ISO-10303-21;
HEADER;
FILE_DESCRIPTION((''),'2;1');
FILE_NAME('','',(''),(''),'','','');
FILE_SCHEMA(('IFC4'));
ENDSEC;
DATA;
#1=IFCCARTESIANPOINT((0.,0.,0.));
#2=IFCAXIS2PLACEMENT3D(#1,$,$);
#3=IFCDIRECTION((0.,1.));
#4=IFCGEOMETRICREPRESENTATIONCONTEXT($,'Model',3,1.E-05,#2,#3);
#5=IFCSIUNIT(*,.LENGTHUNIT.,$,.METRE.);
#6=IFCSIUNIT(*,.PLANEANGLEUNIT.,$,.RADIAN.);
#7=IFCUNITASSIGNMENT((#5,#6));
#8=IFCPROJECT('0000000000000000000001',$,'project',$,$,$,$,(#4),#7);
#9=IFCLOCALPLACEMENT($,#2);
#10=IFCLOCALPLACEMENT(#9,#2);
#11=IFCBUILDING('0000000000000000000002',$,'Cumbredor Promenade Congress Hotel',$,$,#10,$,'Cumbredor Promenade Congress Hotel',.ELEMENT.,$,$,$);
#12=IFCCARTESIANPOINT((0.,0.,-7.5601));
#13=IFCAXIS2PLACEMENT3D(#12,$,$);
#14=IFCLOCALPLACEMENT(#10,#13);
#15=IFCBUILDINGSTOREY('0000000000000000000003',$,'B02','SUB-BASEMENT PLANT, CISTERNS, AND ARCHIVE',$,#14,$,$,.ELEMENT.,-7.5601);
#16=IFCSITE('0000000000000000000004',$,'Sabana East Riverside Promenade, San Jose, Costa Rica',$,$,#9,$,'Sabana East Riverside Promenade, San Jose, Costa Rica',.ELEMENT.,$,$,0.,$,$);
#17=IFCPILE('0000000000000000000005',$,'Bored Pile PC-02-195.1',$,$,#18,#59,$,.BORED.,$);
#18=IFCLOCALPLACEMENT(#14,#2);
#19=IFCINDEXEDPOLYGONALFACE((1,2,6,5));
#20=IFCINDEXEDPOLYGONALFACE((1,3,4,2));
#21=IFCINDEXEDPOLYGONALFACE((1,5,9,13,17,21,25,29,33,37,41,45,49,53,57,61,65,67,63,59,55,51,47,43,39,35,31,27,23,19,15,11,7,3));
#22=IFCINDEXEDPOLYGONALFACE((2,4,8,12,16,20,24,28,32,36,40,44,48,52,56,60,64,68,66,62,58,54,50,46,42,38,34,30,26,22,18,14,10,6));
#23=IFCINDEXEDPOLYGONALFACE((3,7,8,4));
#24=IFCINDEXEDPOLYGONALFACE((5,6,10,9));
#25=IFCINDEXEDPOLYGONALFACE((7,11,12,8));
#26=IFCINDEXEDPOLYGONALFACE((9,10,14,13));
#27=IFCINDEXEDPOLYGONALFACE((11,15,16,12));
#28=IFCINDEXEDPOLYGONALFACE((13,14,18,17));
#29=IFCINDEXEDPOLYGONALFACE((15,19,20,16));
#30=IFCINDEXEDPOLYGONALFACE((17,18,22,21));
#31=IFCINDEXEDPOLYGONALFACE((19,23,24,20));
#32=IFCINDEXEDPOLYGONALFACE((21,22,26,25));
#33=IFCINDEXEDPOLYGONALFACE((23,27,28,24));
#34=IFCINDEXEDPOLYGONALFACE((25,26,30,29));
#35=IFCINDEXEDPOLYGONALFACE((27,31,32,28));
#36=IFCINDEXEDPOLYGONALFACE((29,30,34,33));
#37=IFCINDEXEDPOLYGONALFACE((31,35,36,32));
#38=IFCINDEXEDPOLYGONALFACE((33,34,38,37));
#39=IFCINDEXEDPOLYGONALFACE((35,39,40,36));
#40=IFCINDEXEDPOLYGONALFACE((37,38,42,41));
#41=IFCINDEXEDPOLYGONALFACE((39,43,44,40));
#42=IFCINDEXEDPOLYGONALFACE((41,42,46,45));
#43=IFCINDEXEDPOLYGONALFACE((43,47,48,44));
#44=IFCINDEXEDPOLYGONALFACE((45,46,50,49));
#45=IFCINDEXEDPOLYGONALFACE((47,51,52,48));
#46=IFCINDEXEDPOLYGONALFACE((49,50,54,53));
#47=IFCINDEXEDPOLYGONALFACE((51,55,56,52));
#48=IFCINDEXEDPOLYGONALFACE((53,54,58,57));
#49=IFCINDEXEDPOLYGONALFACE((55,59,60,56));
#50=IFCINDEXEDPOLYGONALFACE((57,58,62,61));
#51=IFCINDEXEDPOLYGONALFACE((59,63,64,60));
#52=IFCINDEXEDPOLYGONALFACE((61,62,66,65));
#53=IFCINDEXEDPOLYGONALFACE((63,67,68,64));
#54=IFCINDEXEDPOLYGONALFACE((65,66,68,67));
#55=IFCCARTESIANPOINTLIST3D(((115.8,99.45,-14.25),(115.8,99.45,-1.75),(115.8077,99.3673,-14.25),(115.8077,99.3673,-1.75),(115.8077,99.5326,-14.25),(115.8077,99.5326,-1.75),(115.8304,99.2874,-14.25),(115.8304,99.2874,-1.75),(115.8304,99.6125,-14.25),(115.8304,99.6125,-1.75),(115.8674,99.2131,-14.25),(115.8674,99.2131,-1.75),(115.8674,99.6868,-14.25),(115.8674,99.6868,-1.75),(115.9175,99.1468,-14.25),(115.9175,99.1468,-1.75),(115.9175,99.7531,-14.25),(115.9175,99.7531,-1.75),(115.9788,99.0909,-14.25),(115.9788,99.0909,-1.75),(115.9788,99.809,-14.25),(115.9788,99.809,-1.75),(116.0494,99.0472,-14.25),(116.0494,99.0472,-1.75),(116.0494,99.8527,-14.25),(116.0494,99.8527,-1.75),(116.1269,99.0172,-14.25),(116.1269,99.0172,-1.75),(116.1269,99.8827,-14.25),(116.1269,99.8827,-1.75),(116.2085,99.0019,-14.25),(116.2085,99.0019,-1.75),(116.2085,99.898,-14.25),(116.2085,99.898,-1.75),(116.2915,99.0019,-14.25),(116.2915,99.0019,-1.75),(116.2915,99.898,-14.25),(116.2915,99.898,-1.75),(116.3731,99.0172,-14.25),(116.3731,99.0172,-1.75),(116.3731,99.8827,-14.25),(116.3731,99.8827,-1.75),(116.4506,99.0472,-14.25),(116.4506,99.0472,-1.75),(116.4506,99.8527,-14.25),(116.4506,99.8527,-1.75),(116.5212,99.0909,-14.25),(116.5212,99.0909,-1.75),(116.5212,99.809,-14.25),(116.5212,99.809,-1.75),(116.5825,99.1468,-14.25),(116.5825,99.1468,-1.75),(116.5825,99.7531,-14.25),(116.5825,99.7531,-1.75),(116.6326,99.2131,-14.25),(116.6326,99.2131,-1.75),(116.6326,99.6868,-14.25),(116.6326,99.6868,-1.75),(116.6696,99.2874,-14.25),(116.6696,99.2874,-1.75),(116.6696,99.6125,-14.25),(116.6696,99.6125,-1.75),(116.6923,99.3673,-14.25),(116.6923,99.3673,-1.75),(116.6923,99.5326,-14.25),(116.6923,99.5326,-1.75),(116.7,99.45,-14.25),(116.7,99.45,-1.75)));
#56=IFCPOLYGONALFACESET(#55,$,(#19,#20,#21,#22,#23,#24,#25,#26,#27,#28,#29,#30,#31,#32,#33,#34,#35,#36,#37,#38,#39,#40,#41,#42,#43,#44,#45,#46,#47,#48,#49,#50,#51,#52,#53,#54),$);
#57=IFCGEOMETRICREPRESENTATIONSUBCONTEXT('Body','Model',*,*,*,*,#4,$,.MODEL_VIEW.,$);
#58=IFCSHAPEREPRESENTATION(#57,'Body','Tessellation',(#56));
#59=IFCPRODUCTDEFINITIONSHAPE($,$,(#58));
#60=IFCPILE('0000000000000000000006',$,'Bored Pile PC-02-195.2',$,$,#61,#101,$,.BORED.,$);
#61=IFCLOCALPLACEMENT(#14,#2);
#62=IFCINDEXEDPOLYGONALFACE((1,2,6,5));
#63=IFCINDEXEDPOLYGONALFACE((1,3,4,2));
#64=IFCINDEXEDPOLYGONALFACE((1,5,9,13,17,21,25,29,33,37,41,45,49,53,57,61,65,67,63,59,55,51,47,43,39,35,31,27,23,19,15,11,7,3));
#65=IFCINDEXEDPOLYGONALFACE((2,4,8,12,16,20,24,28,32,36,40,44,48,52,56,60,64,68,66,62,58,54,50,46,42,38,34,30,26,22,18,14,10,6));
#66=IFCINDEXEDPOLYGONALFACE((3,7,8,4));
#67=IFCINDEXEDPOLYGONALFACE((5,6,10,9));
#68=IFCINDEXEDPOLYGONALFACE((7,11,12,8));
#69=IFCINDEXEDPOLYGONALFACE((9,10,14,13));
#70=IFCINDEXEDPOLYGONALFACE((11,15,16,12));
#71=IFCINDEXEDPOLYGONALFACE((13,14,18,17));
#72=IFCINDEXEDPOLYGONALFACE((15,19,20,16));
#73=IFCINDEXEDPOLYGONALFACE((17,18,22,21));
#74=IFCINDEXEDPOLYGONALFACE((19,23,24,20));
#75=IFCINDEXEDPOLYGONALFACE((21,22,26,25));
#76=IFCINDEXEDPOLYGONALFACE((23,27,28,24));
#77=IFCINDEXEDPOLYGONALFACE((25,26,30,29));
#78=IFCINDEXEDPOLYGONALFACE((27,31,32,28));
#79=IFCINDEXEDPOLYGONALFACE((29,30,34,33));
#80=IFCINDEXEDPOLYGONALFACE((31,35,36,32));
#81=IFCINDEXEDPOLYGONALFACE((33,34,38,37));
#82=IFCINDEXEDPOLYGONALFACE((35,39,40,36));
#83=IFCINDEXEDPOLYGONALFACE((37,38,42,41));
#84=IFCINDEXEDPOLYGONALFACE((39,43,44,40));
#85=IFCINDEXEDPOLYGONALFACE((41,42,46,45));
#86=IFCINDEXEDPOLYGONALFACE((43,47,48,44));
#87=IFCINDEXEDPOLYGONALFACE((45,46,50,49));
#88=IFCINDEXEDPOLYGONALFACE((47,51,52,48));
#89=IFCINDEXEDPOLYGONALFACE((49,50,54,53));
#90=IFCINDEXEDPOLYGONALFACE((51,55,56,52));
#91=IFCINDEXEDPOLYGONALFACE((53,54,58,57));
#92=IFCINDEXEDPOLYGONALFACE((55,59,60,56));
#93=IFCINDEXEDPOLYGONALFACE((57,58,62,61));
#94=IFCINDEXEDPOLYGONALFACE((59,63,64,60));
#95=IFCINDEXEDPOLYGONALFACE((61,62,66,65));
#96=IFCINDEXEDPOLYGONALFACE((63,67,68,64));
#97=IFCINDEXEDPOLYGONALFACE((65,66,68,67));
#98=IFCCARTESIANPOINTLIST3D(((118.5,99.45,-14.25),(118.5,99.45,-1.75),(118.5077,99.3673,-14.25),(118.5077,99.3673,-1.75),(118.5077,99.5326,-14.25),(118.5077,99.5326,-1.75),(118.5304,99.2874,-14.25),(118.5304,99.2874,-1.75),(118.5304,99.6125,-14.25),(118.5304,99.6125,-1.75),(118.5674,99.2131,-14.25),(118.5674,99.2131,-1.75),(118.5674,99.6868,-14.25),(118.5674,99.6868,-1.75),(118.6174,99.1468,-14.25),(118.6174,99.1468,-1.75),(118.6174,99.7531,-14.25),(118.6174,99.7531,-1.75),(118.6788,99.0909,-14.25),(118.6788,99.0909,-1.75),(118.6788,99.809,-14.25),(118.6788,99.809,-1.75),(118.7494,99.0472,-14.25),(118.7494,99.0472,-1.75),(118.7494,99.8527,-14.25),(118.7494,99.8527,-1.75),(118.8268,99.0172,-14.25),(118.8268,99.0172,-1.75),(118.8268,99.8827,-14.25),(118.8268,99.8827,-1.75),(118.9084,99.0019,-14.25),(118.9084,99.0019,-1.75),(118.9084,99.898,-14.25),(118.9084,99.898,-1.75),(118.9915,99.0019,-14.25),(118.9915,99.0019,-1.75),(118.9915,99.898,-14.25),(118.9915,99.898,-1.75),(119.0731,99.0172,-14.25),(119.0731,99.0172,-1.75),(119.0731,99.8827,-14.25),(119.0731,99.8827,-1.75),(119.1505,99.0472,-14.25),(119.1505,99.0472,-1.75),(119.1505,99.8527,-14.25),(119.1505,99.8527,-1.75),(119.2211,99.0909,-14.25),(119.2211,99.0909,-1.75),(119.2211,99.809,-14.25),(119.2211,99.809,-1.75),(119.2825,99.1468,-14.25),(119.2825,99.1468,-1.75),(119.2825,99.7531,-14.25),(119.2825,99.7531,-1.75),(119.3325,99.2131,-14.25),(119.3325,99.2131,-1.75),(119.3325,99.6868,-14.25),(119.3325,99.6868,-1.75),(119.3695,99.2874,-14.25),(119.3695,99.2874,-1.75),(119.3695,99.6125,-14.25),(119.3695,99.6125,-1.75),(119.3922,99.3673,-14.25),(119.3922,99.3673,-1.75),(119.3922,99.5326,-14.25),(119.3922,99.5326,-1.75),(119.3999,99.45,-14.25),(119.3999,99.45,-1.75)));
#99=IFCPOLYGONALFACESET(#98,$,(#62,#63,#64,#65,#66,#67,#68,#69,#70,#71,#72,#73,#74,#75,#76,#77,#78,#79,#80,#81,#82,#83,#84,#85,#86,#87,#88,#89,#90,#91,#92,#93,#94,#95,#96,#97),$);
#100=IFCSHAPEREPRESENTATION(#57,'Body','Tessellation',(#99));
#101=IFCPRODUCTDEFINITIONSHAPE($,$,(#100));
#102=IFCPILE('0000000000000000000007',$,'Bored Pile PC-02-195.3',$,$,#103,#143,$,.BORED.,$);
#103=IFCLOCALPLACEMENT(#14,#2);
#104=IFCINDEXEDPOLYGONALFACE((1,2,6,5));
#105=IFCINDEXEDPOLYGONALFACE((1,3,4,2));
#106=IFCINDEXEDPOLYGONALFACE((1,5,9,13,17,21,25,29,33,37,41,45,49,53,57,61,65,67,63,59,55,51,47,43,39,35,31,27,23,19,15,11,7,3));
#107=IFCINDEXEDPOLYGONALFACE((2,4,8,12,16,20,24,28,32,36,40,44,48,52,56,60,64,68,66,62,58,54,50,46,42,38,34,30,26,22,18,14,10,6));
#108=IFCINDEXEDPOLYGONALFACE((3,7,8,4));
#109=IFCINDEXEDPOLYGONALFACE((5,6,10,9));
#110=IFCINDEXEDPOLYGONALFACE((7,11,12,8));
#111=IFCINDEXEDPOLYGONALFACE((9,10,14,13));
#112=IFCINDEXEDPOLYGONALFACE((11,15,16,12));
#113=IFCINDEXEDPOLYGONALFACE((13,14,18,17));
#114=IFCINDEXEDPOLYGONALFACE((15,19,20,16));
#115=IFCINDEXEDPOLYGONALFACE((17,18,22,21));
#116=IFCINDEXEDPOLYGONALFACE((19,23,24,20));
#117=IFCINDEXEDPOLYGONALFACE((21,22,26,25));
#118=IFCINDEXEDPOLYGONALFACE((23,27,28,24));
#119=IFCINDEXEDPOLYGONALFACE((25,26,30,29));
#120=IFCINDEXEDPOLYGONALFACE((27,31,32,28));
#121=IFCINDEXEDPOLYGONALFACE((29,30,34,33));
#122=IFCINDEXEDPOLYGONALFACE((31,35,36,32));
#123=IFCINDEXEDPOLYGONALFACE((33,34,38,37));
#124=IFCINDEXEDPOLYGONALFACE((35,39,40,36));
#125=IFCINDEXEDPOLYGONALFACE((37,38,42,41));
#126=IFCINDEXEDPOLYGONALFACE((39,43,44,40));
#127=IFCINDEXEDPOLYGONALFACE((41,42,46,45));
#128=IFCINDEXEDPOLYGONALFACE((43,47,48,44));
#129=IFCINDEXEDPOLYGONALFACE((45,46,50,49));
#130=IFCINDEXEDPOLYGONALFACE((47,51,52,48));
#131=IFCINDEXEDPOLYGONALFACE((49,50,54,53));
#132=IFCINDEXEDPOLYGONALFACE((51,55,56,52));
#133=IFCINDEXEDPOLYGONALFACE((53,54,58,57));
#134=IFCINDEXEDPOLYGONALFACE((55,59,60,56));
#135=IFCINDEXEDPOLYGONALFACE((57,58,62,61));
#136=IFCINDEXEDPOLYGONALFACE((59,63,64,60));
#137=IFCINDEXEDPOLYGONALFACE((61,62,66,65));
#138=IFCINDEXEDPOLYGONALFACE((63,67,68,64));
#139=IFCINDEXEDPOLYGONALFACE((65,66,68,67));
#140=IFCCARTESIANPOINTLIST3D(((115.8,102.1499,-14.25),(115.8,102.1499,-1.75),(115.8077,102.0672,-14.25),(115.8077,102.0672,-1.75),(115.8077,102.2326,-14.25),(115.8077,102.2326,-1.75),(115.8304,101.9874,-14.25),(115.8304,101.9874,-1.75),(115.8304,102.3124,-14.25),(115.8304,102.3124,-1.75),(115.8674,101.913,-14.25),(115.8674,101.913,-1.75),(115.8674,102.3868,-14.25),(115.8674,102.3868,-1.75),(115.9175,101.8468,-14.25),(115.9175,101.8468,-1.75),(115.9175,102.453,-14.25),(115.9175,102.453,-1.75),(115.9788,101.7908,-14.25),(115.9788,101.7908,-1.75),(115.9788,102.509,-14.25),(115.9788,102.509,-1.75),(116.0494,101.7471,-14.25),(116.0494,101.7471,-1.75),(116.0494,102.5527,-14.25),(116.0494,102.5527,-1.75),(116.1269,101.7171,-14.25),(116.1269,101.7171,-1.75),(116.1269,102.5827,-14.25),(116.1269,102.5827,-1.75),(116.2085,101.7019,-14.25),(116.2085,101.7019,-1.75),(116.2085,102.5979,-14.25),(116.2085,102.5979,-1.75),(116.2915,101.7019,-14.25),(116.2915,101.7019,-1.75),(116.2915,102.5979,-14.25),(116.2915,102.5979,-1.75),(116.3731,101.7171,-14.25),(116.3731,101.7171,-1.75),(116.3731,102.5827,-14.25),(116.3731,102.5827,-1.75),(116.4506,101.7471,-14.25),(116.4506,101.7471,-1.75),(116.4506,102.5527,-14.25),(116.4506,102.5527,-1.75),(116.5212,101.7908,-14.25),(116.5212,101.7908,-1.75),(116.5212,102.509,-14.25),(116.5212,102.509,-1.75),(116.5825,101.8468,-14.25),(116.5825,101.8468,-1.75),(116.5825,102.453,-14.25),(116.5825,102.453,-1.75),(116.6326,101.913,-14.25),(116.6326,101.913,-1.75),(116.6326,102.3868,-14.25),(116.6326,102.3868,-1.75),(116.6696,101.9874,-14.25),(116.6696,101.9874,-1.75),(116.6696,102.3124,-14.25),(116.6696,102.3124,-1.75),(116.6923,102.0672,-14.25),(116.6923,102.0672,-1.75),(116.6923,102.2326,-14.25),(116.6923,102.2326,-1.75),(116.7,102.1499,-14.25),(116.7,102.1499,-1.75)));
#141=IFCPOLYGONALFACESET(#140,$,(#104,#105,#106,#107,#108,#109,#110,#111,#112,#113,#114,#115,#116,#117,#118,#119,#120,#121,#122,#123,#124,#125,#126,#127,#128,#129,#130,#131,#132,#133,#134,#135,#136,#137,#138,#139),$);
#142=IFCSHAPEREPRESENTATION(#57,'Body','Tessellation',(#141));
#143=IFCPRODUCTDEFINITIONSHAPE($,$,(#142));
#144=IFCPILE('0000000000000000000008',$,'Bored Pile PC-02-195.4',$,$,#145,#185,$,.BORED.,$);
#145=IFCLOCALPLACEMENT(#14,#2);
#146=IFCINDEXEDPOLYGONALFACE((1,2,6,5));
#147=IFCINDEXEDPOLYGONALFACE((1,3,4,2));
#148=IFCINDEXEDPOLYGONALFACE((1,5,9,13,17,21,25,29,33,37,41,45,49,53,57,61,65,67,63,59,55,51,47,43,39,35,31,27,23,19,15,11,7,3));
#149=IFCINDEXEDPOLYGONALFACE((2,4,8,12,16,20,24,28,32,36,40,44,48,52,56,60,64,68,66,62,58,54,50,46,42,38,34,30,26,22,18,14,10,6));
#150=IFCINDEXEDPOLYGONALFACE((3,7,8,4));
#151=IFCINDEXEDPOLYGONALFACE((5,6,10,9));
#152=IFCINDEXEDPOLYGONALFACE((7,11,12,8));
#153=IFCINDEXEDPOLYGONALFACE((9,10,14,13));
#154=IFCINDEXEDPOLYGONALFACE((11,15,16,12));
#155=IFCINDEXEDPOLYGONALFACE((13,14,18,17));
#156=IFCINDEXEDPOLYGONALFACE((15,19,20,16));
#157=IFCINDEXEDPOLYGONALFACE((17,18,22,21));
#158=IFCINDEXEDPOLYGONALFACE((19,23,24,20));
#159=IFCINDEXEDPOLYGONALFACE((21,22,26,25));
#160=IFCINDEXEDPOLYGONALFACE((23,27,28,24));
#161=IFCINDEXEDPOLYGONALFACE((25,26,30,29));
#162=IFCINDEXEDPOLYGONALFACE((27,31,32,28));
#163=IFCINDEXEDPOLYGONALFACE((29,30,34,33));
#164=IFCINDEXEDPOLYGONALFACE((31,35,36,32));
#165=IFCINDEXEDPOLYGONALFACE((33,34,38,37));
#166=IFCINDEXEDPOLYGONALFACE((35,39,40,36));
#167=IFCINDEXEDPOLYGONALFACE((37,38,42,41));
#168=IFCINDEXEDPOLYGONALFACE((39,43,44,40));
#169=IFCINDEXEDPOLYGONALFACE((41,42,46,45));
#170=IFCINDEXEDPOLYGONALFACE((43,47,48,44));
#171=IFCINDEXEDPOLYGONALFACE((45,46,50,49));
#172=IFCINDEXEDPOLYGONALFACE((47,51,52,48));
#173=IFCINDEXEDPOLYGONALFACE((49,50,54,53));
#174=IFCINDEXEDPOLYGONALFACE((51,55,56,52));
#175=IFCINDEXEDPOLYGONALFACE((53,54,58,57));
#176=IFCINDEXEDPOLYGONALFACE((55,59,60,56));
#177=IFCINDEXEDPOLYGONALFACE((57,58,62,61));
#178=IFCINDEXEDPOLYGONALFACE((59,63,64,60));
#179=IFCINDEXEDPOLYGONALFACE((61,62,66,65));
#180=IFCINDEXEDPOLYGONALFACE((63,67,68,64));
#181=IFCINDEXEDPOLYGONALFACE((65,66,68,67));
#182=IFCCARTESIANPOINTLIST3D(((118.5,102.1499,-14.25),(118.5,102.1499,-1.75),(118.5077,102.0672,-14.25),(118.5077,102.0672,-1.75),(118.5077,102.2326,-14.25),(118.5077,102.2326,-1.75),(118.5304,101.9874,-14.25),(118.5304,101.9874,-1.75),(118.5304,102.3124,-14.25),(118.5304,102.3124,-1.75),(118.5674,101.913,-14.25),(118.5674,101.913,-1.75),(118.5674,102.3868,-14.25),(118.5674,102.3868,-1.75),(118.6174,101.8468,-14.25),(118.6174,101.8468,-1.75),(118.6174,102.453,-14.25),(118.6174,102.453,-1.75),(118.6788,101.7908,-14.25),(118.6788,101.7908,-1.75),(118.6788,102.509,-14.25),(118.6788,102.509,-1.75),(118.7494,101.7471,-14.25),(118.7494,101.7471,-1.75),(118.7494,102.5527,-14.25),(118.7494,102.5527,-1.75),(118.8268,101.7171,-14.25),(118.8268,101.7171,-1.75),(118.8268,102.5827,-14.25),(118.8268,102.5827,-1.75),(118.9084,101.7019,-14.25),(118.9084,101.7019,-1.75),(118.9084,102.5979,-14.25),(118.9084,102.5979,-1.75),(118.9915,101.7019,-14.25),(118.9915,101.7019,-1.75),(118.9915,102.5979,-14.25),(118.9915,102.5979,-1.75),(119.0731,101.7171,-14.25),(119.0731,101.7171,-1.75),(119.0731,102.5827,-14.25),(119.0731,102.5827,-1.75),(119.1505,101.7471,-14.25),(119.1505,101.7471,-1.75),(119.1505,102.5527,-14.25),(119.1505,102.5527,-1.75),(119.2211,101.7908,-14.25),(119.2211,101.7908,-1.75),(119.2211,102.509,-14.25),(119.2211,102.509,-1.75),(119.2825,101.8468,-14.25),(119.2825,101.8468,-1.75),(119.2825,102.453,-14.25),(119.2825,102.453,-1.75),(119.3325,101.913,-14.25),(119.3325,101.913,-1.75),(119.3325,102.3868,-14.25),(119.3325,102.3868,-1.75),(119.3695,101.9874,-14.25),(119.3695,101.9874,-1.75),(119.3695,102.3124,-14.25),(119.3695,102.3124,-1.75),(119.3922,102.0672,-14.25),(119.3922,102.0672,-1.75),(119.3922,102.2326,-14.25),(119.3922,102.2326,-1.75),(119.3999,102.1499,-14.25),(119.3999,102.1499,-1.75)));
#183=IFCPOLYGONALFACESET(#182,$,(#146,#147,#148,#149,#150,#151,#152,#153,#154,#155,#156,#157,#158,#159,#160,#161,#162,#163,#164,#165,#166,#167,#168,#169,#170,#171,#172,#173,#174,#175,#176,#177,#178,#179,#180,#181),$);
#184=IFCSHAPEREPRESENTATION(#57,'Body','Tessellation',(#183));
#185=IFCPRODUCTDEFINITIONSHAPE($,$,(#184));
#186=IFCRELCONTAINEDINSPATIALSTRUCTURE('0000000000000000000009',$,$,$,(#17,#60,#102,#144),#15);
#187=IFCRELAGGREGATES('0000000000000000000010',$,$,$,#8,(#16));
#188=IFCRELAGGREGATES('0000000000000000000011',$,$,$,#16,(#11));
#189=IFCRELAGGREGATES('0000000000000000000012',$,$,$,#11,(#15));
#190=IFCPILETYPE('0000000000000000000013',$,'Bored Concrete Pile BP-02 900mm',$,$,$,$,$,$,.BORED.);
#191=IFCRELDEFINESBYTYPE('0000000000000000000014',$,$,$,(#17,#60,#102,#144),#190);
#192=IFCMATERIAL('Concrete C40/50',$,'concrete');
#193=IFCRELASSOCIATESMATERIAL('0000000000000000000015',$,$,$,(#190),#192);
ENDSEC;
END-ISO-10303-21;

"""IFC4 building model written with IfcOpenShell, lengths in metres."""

from ifc_helpers import new_model, si_unit, direction, frame, origin, origin_2d, place, context, subcontext, project, spatial, circle, extrude, material, material_profile, profile_set, type_object, element, save


model = new_model("IFC4")

# Units and contexts
model_context = context("Model", 3, precision=1e-05, world=origin(), true_north=direction((0.0, 1.0)))
body_context = subcontext(model_context, "Body", "Model", "MODEL_VIEW")
ifc_project = project(units=[si_unit("LENGTHUNIT", "METRE"), si_unit("PLANEANGLEUNIT", "RADIAN")], contexts=[model_context])

# Site, building, storey
site_placement = place(None, origin())
site = spatial("IfcSite", under=ifc_project, at=site_placement, Name="Sabana East Riverside Promenade, San Jose, Costa Rica", LongName="Sabana East Riverside Promenade, San Jose, Costa Rica", CompositionType="ELEMENT", RefElevation=0.0)
building_placement = place(site_placement, origin())
building = spatial("IfcBuilding", under=site, at=building_placement, Name="Cumbredor Promenade Congress Hotel", LongName="Cumbredor Promenade Congress Hotel", CompositionType="ELEMENT")
storey_placement = place(building_placement, frame((0.0, 0.0, -7.5601)))
storey = spatial("IfcBuildingStorey", under=building, at=storey_placement, Name="B02", Description="SUB-BASEMENT PLANT, CISTERNS, AND ARCHIVE", CompositionType="ELEMENT", Elevation=-7.5601)

# Piles
ifc_material_1 = material(Name="Concrete C40/50", Category="concrete")
ifc_material_profile_1 = material_profile(ifc_material_1, circle(Radius=0.45, at=origin_2d()), Name="PILE D900")
ifc_profile_set_1 = profile_set([ifc_material_profile_1], Name="Concrete C40/50")
pile_type = type_object("IfcPileType", Name="Bored Concrete Pile BP-02 900mm", PredefinedType="BORED", material=ifc_profile_set_1)
for number, where, z_axis, x_axis, name in (
    (1, (116.25, 99.45, -1.75), (0.0, 0.0, -1.0), (1.0, 0.0, 0.0), "Bored Pile PC-02-195.1"),
    (2, (118.95, 99.45, -1.75), (0.0, 0.0, -1.0), (1.0, 0.0, 0.0), "Bored Pile PC-02-195.2"),
    (3, (116.25, 102.1499, -1.75), (0.0, 0.0, -1.0), (1.0, 0.0, 0.0), "Bored Pile PC-02-195.3"),
    (4, (118.95, 102.1499, -1.75), (0.0, 0.0, -1.0), (1.0, 0.0, 0.0), "Bored Pile PC-02-195.4"),
):
    element("IfcPile", number, at=place(storey_placement, frame(where, z_axis=z_axis, x_axis=x_axis)), inside=storey, type_object=pile_type, Name=name, PredefinedType="BORED", context=body_context, shape_type="SweptSolid", body=[
        extrude(circle(Radius=0.45, at=origin_2d()), origin(), (0.0, 0.0, 1.0), 12.5),
    ])

save(model, "model.ifc")
